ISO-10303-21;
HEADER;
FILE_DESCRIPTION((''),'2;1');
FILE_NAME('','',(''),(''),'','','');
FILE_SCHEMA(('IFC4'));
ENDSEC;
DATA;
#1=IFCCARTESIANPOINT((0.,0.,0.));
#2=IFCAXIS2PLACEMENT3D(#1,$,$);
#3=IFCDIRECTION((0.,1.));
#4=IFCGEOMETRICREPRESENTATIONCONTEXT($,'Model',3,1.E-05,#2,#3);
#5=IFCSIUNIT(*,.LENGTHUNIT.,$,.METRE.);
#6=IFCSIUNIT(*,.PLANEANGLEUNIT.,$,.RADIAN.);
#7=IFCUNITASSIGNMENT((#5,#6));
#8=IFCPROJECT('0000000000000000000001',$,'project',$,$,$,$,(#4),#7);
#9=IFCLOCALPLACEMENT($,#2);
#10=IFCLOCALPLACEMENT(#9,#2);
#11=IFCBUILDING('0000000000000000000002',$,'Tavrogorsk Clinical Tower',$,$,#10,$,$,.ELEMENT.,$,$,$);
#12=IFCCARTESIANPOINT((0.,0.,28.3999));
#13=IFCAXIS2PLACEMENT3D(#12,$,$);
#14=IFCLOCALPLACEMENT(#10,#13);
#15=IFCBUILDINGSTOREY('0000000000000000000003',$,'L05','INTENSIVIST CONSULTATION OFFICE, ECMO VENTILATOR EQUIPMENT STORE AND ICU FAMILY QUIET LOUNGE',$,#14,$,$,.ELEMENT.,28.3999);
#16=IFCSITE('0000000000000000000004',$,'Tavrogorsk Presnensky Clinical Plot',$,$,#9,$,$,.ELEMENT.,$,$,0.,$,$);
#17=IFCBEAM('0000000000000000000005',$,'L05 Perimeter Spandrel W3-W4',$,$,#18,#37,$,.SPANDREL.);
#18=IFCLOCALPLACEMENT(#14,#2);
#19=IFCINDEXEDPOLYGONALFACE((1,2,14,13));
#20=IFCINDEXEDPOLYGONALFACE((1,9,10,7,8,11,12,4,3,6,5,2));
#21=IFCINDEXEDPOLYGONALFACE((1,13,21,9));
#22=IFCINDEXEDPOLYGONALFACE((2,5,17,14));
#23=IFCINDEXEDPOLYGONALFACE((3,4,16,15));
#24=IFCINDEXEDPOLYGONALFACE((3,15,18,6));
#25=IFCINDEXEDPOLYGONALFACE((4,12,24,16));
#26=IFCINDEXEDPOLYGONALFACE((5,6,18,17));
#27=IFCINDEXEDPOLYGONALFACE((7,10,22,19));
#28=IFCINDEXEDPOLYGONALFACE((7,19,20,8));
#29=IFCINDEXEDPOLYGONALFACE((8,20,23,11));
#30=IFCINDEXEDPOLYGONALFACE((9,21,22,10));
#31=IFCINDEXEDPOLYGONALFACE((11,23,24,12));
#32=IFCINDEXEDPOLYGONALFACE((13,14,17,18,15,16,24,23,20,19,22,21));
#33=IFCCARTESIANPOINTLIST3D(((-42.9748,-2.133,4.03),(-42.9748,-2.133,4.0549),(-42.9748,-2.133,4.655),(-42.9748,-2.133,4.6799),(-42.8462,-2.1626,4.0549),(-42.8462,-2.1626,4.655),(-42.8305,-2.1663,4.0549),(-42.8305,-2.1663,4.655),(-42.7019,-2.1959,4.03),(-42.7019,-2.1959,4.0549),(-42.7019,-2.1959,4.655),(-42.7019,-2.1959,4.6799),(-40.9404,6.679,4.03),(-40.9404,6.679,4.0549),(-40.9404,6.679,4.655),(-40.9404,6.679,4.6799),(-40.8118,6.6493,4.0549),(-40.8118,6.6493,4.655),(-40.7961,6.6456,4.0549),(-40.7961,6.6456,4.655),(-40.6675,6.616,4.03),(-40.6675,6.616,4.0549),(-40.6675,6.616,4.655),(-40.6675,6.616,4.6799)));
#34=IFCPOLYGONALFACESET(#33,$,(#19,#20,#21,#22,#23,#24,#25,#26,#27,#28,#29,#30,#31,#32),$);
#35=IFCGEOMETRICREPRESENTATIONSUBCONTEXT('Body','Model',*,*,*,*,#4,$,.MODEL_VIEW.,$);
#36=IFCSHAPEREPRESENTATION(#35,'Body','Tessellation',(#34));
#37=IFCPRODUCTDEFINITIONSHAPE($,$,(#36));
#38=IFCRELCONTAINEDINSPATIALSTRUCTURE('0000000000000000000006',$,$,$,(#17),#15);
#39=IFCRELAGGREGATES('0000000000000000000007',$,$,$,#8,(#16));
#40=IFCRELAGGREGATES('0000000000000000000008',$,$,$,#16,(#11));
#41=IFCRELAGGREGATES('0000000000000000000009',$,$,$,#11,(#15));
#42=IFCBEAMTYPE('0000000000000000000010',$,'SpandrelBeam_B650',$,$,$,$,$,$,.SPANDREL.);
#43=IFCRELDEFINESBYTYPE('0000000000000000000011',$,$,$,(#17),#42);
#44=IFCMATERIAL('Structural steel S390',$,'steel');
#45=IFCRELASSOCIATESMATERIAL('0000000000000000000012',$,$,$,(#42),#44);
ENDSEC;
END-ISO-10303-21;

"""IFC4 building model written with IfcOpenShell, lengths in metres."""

from ifc_helpers import new_model, si_unit, direction, frame, origin, origin_2d, place, context, subcontext, project, spatial, i_section, extrude, material, material_profile, profile_set, type_object, element, save


model = new_model("IFC4")

# Units and contexts
model_context = context("Model", 3, precision=1e-05, world=origin(), true_north=direction((0.0, 1.0)))
body_context = subcontext(model_context, "Body", "Model", "MODEL_VIEW")
ifc_project = project(units=[si_unit("LENGTHUNIT", "METRE"), si_unit("PLANEANGLEUNIT", "RADIAN")], contexts=[model_context])

# Site, building, storey
site_placement = place(None, origin())
site = spatial("IfcSite", under=ifc_project, at=site_placement, Name="Tavrogorsk Presnensky Clinical Plot", CompositionType="ELEMENT", RefElevation=0.0)
building_placement = place(site_placement, origin())
building = spatial("IfcBuilding", under=site, at=building_placement, Name="Tavrogorsk Clinical Tower", CompositionType="ELEMENT")
storey_placement = place(building_placement, frame((0.0, 0.0, 28.3999)))
storey = spatial("IfcBuildingStorey", under=building, at=storey_placement, Name="L05", Description="INTENSIVIST CONSULTATION OFFICE, ECMO VENTILATOR EQUIPMENT STORE AND ICU FAMILY QUIET LOUNGE", CompositionType="ELEMENT", Elevation=28.3999)

# Beam
ifc_material_1 = material(Name="Structural steel S390", Category="steel")
ifc_material_profile_1 = material_profile(ifc_material_1, i_section(OverallWidth=0.28, OverallDepth=0.6499, WebThickness=0.0161, FlangeThickness=0.0249, at=origin_2d()), Name="B-650x280x16x25")
ifc_profile_set_1 = profile_set([ifc_material_profile_1], Name="Structural steel S390")
beam_type_1 = type_object("IfcBeamType", Name="SpandrelBeam_B650", PredefinedType="SPANDREL", material=ifc_profile_set_1)
beam_1_placement = place(storey_placement, frame((-40.804, 6.6475, 4.355), z_axis=(-0.224952, -0.97437, 0.0), x_axis=(0.97437, -0.224952, 0.0)))
element("IfcBeam", 1, at=beam_1_placement, inside=storey, type_object=beam_type_1, Name="L05 Perimeter Spandrel W3-W4", PredefinedType="SPANDREL", context=body_context, shape_type="SweptSolid", body=[
    extrude(i_section(OverallWidth=0.28, OverallDepth=0.6499, WebThickness=0.0161, FlangeThickness=0.0249, at=origin_2d()), origin(), (0.0, 0.0, 1.0), 9.0437),
])

save(model, "model.ifc")
